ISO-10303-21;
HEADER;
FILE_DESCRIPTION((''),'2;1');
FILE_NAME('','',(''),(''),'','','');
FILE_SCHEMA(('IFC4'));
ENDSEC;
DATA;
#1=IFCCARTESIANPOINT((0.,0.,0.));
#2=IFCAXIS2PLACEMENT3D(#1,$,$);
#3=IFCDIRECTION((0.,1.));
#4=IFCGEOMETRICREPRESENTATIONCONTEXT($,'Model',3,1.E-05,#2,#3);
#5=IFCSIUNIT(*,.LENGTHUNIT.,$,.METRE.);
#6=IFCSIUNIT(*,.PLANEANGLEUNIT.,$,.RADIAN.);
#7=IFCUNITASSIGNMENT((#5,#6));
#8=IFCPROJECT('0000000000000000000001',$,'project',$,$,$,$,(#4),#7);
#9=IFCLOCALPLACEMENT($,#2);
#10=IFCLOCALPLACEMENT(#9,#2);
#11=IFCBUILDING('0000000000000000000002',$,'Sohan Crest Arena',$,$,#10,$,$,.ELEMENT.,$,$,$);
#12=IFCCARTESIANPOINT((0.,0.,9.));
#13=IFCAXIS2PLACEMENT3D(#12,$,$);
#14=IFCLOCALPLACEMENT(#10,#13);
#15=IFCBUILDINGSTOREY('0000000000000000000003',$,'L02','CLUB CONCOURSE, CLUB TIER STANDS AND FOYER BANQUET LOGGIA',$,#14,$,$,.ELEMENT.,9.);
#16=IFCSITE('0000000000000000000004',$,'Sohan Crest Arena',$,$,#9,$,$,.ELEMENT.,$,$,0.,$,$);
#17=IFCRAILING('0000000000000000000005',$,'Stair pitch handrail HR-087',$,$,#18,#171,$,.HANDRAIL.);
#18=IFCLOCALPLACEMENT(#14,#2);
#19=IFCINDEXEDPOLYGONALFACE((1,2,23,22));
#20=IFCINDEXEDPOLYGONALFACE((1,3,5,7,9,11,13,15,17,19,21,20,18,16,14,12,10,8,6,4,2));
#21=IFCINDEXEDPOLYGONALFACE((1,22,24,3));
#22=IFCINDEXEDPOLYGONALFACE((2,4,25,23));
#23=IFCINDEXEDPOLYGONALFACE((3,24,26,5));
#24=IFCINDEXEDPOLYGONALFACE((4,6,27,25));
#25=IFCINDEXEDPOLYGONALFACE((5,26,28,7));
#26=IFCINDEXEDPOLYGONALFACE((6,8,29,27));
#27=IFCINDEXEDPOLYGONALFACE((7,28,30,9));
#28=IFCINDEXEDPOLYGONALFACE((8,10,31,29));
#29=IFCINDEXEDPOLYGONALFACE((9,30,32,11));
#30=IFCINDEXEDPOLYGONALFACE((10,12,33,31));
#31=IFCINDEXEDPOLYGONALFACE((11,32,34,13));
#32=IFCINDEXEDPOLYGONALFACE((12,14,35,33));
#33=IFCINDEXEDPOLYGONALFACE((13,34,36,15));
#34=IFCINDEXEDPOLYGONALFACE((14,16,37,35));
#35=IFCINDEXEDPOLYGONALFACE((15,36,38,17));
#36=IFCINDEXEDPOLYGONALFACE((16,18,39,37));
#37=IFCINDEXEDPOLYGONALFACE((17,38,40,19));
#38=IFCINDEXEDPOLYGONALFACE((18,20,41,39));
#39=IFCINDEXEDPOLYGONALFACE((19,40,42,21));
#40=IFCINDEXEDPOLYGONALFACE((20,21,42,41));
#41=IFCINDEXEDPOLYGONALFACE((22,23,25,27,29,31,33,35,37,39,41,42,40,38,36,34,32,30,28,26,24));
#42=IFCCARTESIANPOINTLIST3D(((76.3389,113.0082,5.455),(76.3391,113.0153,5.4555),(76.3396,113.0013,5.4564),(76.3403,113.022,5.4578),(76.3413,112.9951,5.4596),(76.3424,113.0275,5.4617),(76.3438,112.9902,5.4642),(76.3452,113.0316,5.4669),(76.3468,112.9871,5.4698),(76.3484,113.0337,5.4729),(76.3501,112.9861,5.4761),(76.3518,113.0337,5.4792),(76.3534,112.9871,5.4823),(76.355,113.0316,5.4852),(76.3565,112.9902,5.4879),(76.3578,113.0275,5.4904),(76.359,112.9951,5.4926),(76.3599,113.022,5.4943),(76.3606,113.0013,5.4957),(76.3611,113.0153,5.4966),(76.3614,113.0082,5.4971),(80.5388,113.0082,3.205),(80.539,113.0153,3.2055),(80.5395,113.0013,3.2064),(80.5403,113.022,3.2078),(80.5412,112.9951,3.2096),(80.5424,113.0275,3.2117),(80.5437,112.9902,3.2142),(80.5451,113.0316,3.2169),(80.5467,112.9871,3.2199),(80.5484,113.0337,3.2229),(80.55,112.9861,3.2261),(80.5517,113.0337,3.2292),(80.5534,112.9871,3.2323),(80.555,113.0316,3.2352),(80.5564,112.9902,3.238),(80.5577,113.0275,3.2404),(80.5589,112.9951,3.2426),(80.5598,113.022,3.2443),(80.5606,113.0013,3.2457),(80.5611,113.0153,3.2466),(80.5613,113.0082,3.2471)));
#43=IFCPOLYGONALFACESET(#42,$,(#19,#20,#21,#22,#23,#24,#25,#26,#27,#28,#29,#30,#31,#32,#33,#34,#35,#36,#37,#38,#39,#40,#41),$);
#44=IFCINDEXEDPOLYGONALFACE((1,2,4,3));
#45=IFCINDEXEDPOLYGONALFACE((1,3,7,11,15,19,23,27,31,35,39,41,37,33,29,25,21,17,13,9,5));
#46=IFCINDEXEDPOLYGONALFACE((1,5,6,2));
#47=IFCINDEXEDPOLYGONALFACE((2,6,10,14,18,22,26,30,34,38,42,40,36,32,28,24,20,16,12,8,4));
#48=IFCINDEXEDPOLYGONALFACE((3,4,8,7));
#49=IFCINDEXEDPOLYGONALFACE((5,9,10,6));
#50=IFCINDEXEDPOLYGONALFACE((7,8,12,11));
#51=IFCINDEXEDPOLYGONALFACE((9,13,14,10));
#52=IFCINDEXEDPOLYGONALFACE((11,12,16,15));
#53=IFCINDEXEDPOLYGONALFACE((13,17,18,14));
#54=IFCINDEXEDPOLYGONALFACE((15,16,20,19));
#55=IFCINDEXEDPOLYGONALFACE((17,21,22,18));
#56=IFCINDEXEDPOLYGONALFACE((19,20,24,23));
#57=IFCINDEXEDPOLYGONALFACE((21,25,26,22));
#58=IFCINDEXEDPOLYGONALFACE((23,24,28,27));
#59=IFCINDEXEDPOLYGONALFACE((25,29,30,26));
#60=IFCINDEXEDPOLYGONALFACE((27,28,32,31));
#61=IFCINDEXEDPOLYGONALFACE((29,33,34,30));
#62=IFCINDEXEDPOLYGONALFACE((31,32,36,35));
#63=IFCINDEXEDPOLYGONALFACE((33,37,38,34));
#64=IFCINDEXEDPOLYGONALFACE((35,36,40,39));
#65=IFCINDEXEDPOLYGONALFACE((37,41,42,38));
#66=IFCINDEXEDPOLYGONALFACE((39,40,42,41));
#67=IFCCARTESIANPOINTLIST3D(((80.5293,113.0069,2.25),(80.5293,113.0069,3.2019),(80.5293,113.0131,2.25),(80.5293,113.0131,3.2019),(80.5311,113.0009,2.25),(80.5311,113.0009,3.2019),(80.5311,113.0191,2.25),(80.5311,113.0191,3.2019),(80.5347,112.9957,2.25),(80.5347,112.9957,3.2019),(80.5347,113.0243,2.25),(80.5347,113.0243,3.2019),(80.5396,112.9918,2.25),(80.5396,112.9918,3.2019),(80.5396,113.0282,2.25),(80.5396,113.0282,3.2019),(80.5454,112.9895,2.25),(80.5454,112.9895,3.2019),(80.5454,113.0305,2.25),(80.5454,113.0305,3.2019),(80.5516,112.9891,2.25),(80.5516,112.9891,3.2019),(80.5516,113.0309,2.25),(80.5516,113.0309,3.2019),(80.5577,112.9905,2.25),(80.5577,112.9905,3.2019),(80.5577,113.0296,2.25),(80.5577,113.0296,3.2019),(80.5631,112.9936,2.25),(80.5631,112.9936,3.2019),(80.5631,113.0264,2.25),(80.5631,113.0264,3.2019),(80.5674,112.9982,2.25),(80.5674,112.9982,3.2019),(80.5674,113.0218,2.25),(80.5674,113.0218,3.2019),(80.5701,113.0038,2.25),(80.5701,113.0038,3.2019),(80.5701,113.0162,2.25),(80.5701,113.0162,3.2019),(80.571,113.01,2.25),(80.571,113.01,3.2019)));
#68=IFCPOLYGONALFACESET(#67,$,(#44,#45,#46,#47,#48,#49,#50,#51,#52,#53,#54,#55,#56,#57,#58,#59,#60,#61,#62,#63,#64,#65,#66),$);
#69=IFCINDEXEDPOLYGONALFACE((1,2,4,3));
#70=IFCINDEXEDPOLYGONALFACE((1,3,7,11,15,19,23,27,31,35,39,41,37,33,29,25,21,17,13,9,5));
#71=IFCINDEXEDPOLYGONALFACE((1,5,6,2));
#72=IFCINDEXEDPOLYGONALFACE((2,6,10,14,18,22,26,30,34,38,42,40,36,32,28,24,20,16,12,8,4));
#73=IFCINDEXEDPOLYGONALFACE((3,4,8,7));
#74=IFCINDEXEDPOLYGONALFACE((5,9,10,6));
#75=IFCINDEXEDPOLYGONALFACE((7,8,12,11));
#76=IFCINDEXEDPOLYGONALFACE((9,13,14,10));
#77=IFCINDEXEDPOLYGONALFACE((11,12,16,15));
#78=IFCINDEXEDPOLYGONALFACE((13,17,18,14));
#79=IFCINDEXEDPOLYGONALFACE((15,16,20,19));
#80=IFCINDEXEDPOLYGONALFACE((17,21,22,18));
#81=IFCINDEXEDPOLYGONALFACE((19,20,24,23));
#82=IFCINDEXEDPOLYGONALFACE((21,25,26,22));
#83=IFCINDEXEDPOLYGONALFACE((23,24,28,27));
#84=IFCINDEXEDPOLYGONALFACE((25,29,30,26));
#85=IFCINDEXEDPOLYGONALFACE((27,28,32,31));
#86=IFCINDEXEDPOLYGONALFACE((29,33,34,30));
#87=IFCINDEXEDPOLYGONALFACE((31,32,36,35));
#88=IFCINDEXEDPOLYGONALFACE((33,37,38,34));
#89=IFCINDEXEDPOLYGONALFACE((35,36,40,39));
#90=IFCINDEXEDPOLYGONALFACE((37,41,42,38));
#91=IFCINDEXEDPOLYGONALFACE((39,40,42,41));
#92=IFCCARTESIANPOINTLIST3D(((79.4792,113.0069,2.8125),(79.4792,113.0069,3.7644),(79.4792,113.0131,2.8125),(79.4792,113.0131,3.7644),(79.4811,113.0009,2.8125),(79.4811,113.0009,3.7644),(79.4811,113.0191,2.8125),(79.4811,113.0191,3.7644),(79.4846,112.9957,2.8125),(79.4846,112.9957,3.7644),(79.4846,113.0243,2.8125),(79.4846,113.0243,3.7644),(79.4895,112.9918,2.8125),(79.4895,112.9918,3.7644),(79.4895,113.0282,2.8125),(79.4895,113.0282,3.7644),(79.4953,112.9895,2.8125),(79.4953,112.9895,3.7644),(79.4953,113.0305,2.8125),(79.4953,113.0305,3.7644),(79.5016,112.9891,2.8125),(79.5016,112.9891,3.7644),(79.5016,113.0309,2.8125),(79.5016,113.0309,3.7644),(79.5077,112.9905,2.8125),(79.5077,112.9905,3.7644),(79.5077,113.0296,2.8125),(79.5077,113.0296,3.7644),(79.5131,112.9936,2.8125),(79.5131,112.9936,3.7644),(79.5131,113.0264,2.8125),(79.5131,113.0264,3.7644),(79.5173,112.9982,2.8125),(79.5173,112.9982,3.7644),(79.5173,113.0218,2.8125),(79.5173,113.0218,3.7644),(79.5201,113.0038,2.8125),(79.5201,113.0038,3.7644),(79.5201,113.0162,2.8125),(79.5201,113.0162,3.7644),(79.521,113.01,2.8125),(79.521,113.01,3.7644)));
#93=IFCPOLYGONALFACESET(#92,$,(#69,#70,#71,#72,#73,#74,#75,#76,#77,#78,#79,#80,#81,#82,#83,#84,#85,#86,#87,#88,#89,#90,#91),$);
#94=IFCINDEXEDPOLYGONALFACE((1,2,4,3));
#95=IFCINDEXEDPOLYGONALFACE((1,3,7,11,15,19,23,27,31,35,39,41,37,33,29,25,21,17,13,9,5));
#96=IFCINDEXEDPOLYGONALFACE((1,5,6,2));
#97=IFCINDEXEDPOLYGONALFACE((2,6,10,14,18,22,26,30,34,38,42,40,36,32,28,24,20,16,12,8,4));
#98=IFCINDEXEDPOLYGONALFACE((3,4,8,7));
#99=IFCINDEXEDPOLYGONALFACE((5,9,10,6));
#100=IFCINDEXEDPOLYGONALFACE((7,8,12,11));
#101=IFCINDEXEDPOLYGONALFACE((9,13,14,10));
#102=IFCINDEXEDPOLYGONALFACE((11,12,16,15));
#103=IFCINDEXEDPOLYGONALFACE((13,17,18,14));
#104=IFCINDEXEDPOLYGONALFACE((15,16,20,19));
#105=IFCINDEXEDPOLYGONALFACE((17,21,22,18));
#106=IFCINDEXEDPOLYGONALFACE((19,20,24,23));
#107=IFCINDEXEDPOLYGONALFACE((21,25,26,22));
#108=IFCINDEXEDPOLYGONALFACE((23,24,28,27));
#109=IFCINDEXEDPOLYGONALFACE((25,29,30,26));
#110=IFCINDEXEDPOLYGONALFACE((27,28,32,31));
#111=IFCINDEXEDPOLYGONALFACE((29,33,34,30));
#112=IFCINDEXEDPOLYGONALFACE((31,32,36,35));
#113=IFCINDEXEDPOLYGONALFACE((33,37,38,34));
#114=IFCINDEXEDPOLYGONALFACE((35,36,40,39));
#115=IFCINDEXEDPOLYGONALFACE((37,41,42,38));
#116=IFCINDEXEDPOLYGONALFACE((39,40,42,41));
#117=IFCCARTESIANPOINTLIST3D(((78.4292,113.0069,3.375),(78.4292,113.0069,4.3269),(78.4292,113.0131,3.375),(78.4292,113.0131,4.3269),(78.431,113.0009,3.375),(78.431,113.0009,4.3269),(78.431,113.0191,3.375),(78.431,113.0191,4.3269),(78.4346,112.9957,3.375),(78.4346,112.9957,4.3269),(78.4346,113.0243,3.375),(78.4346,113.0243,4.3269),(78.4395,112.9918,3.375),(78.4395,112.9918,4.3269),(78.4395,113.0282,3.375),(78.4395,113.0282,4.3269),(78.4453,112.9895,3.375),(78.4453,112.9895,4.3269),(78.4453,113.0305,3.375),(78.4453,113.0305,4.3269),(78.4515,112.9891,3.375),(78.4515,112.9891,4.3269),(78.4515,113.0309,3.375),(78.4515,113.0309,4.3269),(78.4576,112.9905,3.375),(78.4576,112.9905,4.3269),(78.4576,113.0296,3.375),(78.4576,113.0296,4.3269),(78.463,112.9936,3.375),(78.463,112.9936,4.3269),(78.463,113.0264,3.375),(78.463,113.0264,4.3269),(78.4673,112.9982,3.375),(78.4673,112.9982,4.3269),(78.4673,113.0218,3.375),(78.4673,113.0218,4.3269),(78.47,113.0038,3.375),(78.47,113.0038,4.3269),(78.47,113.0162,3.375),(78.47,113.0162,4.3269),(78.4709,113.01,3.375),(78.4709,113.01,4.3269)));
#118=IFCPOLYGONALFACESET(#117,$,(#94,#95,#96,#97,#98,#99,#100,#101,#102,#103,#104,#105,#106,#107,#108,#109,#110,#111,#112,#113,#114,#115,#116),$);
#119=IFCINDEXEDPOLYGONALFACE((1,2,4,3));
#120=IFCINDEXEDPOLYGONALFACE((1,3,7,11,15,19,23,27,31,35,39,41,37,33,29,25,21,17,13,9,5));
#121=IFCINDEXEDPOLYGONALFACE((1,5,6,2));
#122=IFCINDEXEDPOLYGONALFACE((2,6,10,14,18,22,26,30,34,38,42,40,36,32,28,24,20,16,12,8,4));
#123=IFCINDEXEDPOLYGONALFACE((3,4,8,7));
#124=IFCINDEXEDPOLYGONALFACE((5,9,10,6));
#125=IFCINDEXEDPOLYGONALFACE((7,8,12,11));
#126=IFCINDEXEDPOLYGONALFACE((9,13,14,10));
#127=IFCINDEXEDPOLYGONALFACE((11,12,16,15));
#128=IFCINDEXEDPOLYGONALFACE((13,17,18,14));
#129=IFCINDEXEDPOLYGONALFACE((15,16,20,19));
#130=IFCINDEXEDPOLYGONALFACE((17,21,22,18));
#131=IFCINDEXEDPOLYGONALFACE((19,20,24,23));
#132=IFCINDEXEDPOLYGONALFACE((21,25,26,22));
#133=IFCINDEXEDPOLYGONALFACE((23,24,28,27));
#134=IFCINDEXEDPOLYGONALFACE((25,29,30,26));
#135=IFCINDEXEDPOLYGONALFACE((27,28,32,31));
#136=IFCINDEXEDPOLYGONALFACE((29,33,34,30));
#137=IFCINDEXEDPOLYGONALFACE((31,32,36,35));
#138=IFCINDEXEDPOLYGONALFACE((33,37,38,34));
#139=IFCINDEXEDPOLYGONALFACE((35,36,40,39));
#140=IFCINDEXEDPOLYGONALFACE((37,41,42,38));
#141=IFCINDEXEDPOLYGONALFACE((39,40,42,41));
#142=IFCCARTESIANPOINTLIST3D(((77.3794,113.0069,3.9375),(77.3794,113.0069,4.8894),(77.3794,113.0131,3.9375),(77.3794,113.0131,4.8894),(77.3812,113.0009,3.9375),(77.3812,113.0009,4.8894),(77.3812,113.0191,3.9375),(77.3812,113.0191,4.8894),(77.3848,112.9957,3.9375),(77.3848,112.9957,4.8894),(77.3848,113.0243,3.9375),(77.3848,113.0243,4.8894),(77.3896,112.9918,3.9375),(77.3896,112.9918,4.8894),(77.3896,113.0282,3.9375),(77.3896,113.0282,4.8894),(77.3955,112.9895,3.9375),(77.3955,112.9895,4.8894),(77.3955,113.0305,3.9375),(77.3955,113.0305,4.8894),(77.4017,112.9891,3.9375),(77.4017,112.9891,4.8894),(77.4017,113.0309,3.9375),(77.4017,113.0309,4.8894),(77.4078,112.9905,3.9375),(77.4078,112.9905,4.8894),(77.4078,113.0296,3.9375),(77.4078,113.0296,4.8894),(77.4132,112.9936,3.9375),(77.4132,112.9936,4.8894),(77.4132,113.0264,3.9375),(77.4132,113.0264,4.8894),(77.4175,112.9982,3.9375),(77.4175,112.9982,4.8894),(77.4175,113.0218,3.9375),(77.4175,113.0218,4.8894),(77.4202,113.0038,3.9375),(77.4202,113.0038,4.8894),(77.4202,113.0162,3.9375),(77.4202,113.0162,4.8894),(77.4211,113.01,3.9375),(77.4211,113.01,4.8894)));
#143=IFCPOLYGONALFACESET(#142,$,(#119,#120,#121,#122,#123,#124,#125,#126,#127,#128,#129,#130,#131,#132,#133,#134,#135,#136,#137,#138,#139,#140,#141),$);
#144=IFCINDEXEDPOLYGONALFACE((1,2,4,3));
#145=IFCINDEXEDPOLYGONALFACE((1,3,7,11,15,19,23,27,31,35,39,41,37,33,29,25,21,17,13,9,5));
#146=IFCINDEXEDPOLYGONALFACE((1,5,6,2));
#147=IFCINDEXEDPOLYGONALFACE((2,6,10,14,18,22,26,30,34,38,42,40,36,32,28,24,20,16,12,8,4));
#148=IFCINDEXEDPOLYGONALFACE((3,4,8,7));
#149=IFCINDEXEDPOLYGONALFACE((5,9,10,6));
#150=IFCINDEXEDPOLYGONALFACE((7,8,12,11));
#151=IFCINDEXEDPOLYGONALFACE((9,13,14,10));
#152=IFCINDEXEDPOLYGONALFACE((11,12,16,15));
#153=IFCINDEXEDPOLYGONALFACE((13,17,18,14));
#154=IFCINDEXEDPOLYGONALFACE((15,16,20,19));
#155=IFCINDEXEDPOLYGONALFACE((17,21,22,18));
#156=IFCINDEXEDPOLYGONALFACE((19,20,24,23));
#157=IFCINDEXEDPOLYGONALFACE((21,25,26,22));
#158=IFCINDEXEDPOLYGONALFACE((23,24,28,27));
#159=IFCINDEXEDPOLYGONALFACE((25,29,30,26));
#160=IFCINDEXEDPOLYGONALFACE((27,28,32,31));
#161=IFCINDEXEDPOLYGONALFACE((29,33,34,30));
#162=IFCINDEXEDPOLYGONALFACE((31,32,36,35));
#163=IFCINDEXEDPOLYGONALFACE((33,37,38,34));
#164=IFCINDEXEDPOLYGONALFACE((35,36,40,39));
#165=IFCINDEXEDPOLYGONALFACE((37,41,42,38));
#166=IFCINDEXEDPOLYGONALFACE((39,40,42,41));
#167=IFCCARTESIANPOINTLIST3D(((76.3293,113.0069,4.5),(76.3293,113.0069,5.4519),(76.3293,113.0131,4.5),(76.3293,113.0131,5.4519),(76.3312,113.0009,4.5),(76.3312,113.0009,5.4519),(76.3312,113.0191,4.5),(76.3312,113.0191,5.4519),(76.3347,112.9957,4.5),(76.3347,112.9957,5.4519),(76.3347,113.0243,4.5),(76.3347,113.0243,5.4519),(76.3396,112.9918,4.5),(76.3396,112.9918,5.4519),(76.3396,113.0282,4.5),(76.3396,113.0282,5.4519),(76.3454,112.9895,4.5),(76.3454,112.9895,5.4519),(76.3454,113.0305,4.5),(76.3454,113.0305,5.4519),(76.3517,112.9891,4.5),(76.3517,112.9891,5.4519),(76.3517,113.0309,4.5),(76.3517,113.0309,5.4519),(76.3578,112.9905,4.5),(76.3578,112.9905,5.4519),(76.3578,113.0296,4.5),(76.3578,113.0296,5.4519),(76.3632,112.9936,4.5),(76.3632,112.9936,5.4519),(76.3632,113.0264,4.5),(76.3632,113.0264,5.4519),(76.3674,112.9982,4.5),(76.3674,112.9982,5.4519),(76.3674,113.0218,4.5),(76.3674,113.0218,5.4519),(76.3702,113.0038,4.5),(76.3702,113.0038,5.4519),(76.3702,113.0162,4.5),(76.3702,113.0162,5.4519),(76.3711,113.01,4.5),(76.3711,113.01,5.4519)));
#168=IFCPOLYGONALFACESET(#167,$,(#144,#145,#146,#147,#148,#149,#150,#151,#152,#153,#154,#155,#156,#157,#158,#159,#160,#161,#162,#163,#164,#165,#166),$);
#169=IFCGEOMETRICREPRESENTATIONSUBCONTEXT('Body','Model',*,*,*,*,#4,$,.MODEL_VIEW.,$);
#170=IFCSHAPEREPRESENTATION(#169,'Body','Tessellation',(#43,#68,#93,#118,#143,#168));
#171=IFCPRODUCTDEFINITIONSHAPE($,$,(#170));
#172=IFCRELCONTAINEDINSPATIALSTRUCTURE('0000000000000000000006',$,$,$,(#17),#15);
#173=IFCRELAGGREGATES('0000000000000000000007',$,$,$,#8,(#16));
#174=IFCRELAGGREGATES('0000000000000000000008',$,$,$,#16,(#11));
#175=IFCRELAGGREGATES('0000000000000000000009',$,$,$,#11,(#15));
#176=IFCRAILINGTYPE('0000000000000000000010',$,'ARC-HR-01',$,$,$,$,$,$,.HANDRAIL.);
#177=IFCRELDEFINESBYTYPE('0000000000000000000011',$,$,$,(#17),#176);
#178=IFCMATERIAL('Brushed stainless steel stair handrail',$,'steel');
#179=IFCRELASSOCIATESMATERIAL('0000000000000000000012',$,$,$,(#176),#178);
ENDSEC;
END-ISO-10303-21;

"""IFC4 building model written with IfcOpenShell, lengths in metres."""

from ifc_helpers import new_model, si_unit, direction, frame, origin, origin_2d, place, context, subcontext, project, spatial, circle, extrude, material, type_object, element, save


model = new_model("IFC4")

# Units and contexts
model_context = context("Model", 3, precision=1e-05, world=origin(), true_north=direction((0.0, 1.0)))
body_context = subcontext(model_context, "Body", "Model", "MODEL_VIEW")
ifc_project = project(units=[si_unit("LENGTHUNIT", "METRE"), si_unit("PLANEANGLEUNIT", "RADIAN")], contexts=[model_context])

# Site, building, storey
site_placement = place(None, origin())
site = spatial("IfcSite", under=ifc_project, at=site_placement, Name="Sohan Crest Arena", CompositionType="ELEMENT", RefElevation=0.0)
building_placement = place(site_placement, origin())
building = spatial("IfcBuilding", under=site, at=building_placement, Name="Sohan Crest Arena", CompositionType="ELEMENT")
storey_placement = place(building_placement, frame((0.0, 0.0, 9.0)))
storey = spatial("IfcBuildingStorey", under=building, at=storey_placement, Name="L02", Description="CLUB CONCOURSE, CLUB TIER STANDS AND FOYER BANQUET LOGGIA", CompositionType="ELEMENT", Elevation=9.0)

# Railing
ifc_material_1 = material(Name="Brushed stainless steel stair handrail", Category="steel")
railing_type_1 = type_object("IfcRailingType", Name="ARC-HR-01", PredefinedType="HANDRAIL", material=ifc_material_1)
railing_1_placement = place(storey_placement, frame((80.55, 113.01, 2.25)))
element("IfcRailing", 1, at=railing_1_placement, inside=storey, type_object=railing_type_1, Name="Stair pitch handrail HR-087", PredefinedType="HANDRAIL", context=body_context, shape_type="SweptSolid", body=[
    extrude(circle(Radius=0.0239, at=origin_2d()), frame((0.0, 0.0, 0.9761), z_axis=(-0.881478, 0.0, 0.472226), x_axis=(0.0, -1.0, 0.0)), (0.0, 0.0, 1.0), 4.7646),
    extrude(circle(Radius=0.021, at=origin_2d()), origin(), (0.0, 0.0, 1.0), 0.9519),
    extrude(circle(Radius=0.021, at=origin_2d()), frame((-1.05, 0.0, 0.5625)), (0.0, 0.0, 1.0), 0.9519),
    extrude(circle(Radius=0.021, at=origin_2d()), frame((-2.1001, 0.0, 1.125)), (0.0, 0.0, 1.0), 0.9519),
    extrude(circle(Radius=0.021, at=origin_2d()), frame((-3.1499, 0.0, 1.6875)), (0.0, 0.0, 1.0), 0.9519),
    extrude(circle(Radius=0.021, at=origin_2d()), frame((-4.2, 0.0, 2.25)), (0.0, 0.0, 1.0), 0.9519),
])

save(model, "model.ifc")
